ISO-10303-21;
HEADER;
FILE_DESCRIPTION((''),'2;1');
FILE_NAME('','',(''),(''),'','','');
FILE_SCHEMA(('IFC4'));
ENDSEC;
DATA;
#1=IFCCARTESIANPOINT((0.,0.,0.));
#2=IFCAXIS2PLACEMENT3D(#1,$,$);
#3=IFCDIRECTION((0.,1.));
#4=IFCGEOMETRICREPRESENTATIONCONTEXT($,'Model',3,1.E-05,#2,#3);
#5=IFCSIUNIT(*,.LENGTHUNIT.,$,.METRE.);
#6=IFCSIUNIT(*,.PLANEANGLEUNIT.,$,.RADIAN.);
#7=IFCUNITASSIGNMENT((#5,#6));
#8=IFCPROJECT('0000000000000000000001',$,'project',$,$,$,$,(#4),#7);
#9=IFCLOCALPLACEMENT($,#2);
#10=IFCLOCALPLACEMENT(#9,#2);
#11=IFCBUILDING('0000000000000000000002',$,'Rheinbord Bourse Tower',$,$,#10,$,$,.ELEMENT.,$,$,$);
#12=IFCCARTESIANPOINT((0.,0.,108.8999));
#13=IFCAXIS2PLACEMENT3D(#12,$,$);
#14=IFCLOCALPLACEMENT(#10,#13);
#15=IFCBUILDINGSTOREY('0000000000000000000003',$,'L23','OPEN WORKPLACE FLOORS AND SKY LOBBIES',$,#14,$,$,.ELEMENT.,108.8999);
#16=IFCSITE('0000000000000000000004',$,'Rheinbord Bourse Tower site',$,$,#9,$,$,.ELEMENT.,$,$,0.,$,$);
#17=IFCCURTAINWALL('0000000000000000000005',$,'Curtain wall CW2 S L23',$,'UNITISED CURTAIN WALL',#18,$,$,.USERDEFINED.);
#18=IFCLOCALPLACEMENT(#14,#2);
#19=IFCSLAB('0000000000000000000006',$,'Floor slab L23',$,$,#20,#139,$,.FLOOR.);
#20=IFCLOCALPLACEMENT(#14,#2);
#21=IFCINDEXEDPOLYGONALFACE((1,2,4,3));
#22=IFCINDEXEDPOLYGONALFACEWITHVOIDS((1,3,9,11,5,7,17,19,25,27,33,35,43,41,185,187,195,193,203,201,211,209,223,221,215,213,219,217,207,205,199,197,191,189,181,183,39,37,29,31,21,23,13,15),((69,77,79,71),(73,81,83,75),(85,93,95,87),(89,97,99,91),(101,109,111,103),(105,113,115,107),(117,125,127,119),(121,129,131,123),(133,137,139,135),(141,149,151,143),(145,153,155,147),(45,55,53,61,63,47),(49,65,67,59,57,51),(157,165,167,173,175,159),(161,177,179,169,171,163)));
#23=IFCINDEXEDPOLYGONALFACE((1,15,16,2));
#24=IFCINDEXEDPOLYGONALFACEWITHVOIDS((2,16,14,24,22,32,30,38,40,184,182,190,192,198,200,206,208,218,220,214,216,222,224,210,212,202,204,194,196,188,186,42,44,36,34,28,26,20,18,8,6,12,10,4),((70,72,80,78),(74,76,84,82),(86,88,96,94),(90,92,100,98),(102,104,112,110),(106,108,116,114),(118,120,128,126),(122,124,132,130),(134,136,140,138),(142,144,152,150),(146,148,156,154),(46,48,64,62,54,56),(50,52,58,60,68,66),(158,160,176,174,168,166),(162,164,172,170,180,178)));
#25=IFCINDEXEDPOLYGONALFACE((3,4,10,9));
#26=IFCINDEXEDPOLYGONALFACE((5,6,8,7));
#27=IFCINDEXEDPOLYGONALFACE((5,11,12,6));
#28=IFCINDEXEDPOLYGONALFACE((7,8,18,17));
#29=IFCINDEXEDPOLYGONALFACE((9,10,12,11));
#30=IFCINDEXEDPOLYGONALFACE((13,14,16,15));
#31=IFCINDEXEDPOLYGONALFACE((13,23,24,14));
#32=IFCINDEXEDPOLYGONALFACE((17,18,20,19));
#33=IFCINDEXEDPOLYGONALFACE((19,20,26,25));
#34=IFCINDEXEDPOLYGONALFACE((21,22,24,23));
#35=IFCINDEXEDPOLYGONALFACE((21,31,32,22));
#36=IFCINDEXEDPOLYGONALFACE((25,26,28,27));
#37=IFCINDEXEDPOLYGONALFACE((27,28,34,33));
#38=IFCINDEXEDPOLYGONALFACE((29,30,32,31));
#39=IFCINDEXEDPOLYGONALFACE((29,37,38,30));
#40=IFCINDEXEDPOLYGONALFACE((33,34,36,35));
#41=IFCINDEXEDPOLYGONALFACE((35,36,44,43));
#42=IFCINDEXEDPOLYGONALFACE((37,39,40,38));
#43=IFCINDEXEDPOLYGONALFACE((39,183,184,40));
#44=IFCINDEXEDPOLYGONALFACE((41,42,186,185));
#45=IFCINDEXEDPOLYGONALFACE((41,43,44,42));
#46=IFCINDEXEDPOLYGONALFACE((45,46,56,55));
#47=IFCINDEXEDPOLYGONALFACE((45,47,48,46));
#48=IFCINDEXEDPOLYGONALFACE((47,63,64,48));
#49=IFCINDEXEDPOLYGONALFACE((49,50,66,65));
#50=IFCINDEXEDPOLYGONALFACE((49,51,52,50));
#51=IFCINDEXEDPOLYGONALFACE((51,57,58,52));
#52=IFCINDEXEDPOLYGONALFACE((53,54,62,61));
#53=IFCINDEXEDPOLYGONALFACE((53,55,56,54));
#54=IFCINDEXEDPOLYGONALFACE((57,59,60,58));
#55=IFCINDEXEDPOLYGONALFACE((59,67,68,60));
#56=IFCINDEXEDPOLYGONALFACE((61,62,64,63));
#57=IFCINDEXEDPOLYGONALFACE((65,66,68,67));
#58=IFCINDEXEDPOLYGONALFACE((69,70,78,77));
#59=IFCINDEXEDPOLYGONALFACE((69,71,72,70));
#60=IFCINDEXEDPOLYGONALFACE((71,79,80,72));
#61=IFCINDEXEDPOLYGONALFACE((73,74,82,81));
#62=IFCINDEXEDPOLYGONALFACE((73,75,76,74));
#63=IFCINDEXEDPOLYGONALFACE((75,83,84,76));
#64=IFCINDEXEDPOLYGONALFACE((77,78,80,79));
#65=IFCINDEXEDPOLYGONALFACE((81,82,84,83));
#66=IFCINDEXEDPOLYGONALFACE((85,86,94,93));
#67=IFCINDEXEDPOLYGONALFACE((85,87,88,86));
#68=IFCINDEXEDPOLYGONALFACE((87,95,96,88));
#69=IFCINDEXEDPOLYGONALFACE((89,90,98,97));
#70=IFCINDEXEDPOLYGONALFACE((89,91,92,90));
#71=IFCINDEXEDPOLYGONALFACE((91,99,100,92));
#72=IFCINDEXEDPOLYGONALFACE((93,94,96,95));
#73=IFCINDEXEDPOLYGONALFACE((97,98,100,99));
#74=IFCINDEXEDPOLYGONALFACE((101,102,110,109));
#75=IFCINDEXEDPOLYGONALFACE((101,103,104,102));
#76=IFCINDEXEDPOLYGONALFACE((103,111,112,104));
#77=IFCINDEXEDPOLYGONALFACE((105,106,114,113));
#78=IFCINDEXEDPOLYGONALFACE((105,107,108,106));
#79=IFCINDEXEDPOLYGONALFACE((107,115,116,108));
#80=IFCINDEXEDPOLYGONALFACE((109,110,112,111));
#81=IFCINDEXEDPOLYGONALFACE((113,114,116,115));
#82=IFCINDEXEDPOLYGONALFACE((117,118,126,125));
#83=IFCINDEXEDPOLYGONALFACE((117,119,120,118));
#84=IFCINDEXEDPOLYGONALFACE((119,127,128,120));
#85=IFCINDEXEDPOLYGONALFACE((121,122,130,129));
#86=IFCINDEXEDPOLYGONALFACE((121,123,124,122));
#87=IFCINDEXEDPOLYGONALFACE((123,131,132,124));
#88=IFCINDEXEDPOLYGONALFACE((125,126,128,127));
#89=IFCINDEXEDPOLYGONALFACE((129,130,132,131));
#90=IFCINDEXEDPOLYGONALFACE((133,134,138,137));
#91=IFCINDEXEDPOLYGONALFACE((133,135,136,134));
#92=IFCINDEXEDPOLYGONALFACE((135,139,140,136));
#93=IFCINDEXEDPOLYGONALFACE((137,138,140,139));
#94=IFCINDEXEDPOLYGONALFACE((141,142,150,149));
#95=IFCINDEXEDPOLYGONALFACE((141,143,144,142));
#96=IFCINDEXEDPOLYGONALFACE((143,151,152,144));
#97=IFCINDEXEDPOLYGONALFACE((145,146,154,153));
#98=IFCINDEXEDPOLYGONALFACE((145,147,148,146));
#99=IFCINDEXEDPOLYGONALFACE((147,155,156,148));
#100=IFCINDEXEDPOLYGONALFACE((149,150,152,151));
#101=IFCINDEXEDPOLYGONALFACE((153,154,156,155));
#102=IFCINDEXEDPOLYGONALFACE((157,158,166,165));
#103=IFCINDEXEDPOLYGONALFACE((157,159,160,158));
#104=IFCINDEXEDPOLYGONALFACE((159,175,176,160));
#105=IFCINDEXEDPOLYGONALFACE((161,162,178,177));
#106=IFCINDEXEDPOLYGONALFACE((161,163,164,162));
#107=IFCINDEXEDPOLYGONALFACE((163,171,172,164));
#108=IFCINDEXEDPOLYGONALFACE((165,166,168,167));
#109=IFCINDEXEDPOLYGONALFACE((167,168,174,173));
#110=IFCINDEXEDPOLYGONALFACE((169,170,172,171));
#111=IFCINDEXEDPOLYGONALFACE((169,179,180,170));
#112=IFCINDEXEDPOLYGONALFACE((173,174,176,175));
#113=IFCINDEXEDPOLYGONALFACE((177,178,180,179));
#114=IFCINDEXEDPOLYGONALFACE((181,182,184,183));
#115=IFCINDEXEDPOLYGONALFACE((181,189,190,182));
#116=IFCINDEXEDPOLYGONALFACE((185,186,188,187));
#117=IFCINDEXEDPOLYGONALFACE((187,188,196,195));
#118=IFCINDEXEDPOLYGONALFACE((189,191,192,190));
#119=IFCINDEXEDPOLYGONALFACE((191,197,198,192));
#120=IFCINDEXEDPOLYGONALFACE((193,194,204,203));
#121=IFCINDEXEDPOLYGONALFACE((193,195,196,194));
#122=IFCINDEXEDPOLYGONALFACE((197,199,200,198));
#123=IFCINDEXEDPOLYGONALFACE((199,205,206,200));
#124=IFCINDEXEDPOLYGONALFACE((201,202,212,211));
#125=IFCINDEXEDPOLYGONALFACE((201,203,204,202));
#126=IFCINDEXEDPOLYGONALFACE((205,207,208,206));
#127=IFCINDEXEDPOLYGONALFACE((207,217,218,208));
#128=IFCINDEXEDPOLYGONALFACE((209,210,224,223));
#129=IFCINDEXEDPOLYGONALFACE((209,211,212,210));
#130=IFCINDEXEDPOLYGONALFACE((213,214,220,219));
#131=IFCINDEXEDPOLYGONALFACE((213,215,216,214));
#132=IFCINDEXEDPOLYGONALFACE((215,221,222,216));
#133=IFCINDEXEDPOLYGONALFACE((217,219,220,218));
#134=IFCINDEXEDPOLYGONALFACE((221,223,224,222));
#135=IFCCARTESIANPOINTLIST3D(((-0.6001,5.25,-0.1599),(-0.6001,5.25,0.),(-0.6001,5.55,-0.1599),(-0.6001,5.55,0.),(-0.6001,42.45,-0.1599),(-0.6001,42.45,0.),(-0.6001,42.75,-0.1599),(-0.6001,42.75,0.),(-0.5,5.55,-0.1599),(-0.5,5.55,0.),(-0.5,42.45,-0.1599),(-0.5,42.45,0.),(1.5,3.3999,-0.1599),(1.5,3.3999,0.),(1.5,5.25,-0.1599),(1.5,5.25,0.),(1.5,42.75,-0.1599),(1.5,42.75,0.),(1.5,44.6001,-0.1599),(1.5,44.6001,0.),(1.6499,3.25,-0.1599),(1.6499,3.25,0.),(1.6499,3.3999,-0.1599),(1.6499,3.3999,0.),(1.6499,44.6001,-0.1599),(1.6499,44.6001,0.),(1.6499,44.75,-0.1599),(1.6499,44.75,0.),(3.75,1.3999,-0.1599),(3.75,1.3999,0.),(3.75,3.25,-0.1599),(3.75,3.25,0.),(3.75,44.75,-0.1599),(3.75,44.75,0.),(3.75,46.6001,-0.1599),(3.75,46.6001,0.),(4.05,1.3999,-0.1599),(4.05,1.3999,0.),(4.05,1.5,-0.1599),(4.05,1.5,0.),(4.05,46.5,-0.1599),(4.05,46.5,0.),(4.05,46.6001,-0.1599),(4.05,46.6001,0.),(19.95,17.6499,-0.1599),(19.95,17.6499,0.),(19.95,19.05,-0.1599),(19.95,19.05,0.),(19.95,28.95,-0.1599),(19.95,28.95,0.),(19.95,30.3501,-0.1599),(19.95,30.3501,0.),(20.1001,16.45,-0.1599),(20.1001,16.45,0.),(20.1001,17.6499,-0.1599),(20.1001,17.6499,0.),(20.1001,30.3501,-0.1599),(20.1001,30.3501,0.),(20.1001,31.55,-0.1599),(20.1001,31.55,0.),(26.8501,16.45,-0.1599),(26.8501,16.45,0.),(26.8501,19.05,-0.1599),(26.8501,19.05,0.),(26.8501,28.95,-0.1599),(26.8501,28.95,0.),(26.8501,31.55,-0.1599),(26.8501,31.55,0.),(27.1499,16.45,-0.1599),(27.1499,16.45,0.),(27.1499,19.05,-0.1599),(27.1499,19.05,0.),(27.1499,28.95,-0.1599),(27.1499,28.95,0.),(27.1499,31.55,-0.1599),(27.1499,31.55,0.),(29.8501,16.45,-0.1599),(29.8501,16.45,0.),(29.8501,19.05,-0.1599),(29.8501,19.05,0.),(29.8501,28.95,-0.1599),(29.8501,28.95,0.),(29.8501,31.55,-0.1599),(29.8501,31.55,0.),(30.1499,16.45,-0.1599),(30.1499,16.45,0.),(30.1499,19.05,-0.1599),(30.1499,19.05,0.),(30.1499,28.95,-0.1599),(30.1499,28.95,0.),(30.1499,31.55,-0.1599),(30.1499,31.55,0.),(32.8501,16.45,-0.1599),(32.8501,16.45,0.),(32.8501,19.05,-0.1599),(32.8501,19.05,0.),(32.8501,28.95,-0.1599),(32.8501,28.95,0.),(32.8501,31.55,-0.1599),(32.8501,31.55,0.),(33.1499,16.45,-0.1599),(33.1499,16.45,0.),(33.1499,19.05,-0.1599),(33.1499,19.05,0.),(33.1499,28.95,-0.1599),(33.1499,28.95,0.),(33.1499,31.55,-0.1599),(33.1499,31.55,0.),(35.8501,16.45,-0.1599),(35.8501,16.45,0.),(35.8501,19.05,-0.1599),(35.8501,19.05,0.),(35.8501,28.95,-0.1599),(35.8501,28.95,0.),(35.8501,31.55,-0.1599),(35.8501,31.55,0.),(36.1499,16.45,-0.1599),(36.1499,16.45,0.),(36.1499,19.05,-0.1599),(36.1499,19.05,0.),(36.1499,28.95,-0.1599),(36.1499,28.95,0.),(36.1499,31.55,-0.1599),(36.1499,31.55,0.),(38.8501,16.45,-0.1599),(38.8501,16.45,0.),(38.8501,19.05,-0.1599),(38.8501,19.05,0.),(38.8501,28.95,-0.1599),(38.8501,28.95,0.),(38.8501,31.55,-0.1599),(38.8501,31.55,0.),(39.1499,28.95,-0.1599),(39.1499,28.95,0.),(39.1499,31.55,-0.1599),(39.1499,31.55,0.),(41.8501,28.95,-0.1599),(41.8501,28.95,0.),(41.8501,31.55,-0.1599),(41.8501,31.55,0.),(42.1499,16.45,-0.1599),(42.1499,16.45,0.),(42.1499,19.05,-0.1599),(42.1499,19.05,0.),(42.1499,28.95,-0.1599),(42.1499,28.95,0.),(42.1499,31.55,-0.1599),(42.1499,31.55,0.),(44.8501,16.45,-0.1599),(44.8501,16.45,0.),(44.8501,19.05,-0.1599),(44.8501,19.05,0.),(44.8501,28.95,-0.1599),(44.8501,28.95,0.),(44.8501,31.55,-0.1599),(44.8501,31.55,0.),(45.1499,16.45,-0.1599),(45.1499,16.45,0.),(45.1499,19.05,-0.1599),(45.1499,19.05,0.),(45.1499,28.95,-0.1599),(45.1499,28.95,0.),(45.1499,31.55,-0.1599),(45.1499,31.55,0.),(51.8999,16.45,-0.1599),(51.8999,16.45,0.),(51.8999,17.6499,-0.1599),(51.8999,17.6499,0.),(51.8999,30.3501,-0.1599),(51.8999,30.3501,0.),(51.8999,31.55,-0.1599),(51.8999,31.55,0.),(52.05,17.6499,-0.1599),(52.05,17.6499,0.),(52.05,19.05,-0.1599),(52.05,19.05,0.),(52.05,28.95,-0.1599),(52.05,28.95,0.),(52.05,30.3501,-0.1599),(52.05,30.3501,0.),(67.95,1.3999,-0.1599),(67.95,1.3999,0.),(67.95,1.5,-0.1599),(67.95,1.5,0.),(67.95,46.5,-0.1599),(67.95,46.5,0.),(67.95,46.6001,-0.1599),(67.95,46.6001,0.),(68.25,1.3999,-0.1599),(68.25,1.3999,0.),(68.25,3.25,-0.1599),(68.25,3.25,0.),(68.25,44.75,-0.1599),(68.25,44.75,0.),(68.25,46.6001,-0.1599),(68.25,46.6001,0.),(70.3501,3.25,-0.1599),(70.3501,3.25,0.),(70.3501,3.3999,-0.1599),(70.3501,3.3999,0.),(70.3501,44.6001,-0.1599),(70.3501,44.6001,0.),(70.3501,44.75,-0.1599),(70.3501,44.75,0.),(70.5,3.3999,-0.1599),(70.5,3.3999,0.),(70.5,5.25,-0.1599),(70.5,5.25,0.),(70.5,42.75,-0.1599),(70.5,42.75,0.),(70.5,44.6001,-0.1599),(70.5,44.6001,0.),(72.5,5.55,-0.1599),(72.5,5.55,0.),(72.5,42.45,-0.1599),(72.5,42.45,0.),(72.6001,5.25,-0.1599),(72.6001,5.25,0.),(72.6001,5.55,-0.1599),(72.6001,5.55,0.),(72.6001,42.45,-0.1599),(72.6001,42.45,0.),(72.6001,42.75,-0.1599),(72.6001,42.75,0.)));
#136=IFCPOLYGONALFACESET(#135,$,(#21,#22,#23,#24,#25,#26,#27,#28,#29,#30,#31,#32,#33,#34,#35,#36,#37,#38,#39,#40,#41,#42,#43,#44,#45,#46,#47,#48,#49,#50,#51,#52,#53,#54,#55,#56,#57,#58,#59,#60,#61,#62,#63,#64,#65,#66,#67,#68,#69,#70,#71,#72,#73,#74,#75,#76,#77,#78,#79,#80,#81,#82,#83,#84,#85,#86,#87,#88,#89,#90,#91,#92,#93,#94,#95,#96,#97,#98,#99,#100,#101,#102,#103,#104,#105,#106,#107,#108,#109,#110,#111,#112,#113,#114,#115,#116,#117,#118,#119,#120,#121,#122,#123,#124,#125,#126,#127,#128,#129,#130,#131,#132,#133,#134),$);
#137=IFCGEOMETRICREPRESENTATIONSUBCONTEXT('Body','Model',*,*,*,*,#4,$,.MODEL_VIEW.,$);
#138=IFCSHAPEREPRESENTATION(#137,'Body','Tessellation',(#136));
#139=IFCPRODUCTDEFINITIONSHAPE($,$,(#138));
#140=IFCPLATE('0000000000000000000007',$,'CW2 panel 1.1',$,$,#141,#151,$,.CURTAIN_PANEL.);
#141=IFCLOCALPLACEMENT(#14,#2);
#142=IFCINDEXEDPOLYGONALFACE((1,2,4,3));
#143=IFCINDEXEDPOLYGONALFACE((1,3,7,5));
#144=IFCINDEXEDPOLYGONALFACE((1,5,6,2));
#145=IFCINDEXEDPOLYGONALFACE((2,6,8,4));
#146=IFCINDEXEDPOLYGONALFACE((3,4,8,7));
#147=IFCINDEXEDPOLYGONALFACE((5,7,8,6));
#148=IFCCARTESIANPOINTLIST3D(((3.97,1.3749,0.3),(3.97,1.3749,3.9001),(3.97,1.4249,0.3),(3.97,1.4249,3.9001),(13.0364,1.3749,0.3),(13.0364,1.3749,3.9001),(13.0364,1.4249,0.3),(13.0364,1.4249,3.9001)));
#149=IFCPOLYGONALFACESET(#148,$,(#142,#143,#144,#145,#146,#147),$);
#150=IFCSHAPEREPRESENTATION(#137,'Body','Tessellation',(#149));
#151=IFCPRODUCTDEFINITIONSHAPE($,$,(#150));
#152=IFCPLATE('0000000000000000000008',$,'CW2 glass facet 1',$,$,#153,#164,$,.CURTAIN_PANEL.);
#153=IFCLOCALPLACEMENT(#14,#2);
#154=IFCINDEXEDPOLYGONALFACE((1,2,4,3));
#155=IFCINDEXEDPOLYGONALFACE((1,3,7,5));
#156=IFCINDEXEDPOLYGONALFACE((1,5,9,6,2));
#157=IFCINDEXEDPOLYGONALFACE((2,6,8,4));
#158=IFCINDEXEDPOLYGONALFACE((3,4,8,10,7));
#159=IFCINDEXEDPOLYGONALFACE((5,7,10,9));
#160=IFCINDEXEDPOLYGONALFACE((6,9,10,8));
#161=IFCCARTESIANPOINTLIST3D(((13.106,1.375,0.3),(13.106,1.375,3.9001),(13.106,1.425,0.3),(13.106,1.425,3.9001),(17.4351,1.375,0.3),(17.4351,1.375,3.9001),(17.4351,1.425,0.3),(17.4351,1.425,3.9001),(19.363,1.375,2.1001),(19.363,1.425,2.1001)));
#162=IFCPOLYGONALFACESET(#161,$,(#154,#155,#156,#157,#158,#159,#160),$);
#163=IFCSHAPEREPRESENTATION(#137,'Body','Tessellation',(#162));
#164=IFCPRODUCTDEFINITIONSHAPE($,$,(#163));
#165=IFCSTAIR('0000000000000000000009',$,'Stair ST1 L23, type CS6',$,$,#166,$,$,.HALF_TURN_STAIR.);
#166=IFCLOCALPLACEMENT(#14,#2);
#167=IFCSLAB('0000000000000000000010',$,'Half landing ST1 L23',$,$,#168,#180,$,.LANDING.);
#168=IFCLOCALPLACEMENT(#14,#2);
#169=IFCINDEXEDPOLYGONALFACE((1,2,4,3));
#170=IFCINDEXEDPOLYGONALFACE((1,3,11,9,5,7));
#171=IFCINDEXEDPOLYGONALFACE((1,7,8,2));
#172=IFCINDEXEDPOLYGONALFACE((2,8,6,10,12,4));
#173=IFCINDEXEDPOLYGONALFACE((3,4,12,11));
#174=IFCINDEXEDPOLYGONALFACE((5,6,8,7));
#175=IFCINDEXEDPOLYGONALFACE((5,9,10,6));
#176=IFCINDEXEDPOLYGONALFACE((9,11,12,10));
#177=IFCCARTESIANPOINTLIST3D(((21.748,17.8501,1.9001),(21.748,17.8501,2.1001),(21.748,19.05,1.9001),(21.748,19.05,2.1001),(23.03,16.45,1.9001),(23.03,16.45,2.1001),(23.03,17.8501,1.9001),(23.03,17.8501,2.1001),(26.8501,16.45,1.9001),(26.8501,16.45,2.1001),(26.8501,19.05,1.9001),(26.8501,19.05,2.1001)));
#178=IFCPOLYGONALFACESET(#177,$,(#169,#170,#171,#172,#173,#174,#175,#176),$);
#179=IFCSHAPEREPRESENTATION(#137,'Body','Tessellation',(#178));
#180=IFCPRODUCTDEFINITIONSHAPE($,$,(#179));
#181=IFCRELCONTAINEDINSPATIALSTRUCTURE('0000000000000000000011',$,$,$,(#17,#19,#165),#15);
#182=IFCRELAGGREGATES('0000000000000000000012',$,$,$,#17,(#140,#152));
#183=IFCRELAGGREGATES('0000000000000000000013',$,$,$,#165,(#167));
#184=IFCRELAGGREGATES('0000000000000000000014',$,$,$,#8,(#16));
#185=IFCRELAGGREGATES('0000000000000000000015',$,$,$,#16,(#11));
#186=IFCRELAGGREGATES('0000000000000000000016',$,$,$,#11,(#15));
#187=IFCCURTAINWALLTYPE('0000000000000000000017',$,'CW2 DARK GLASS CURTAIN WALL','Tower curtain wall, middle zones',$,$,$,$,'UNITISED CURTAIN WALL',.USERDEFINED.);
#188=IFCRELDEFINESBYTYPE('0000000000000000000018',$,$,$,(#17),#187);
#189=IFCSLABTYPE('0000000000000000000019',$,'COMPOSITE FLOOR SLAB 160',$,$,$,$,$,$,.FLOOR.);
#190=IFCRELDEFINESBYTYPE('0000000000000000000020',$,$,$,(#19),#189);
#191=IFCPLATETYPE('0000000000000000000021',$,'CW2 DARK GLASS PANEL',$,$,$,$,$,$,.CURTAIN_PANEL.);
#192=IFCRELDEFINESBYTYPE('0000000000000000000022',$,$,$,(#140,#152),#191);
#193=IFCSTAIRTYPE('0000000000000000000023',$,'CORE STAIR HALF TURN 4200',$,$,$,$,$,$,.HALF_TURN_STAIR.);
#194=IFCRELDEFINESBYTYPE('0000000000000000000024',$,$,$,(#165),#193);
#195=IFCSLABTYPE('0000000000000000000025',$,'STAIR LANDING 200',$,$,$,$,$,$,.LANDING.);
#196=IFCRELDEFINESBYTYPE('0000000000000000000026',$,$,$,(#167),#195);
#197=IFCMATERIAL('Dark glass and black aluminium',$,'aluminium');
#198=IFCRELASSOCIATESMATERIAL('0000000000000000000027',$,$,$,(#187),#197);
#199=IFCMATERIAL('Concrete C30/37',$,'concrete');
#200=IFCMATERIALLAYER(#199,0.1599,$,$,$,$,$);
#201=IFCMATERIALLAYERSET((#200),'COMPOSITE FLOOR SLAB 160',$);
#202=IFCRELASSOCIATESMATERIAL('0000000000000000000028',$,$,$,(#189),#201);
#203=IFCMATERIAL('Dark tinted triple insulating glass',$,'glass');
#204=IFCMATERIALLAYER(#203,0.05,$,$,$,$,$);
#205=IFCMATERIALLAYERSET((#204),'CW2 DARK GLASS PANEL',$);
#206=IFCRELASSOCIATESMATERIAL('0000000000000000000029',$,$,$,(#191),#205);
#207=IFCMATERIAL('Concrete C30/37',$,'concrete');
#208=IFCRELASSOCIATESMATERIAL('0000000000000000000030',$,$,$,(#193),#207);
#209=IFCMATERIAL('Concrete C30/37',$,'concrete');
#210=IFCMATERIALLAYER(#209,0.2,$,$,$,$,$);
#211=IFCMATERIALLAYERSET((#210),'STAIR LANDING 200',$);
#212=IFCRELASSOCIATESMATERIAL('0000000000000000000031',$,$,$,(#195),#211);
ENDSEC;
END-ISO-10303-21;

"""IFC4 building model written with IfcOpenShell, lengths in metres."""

from ifc_helpers import new_model, si_unit, direction, frame, origin, origin_2d, place, context, subcontext, project, spatial, polyline, rectangle, outline, extrude, material, layer, layer_set, type_object, element, aggregate, save


model = new_model("IFC4")

# Units and contexts
model_context = context("Model", 3, precision=1e-05, world=origin(), true_north=direction((0.0, 1.0)))
body_context = subcontext(model_context, "Body", "Model", "MODEL_VIEW")
ifc_project = project(units=[si_unit("LENGTHUNIT", "METRE"), si_unit("PLANEANGLEUNIT", "RADIAN")], contexts=[model_context])

# Site, building, storey
site_placement = place(None, origin())
site = spatial("IfcSite", under=ifc_project, at=site_placement, Name="Rheinbord Bourse Tower site", CompositionType="ELEMENT", RefElevation=0.0)
building_placement = place(site_placement, origin())
building = spatial("IfcBuilding", under=site, at=building_placement, Name="Rheinbord Bourse Tower", CompositionType="ELEMENT")
storey_placement = place(building_placement, frame((0.0, 0.0, 108.8999)))
storey = spatial("IfcBuildingStorey", under=building, at=storey_placement, Name="L23", Description="OPEN WORKPLACE FLOORS AND SKY LOBBIES", CompositionType="ELEMENT", Elevation=108.8999)

# Curtain wall
ifc_material_1 = material(Name="Dark glass and black aluminium", Category="aluminium")
curtain_wall_type = type_object("IfcCurtainWallType", Name="CW2 DARK GLASS CURTAIN WALL", Description="Tower curtain wall, middle zones", ElementType="UNITISED CURTAIN WALL", PredefinedType="USERDEFINED", material=ifc_material_1)
curtain_wall_1_placement = place(storey_placement, origin())
curtain_wall_1 = element("IfcCurtainWall", 1, at=curtain_wall_1_placement, inside=storey, type_object=curtain_wall_type, Name="Curtain wall CW2 S L23", ObjectType="UNITISED CURTAIN WALL", PredefinedType="USERDEFINED")

# Slab
ifc_material_2 = material(Name="Concrete C30/37", Category="concrete")
ifc_layer_1 = layer(ifc_material_2, 0.1599)
ifc_layer_set_1 = layer_set([ifc_layer_1], Name="COMPOSITE FLOOR SLAB 160")
slab_type_1 = type_object("IfcSlabType", Name="COMPOSITE FLOOR SLAB 160", PredefinedType="FLOOR", material=ifc_layer_set_1)
slab_1_placement = place(storey_placement, frame((0.0, 0.0, -0.1599)))
element("IfcSlab", 2, at=slab_1_placement, inside=storey, type_object=slab_type_1, Name="Floor slab L23", PredefinedType="FLOOR", context=body_context, shape_type="SweptSolid", body=[
    extrude(outline(polyline([(1.6499, 3.3999), (1.5, 3.3999), (1.5, 5.25), (-0.6001, 5.25), (-0.6001, 5.55), (-0.5, 5.55), (-0.5, 42.45), (-0.6001, 42.45), (-0.6001, 42.75), (1.5, 42.75), (1.5, 44.6001), (1.6499, 44.6001), (1.6499, 44.75), (3.75, 44.75), (3.75, 46.6001), (4.05, 46.6001), (4.05, 46.5), (67.95, 46.5), (67.95, 46.6001), (68.25, 46.6001), (68.25, 44.75), (70.3501, 44.75), (70.3501, 44.6001), (70.5, 44.6001), (70.5, 42.75), (72.6001, 42.75), (72.6001, 42.45), (72.5, 42.45), (72.5, 5.55), (72.6001, 5.55), (72.6001, 5.25), (70.5, 5.25), (70.5, 3.3999), (70.3501, 3.3999), (70.3501, 3.25), (68.25, 3.25), (68.25, 1.3999), (67.95, 1.3999), (67.95, 1.5), (4.05, 1.5), (4.05, 1.3999), (3.75, 1.3999), (3.75, 3.25), (1.6499, 3.25), (1.6499, 3.3999)]), holes=[polyline([(19.95, 19.05), (26.8501, 19.05), (26.8501, 16.45), (20.1001, 16.45), (20.1001, 17.6499), (19.95, 17.6499), (19.95, 19.05)]), polyline([(26.8501, 31.55), (26.8501, 28.95), (19.95, 28.95), (19.95, 30.3501), (20.1001, 30.3501), (20.1001, 31.55), (26.8501, 31.55)]), polyline([(45.1499, 16.45), (45.1499, 19.05), (52.05, 19.05), (52.05, 17.6499), (51.8999, 17.6499), (51.8999, 16.45), (45.1499, 16.45)]), polyline([(52.05, 28.95), (45.1499, 28.95), (45.1499, 31.55), (51.8999, 31.55), (51.8999, 30.3501), (52.05, 30.3501), (52.05, 28.95)]), polyline([(27.1499, 16.45), (27.1499, 19.05), (29.8501, 19.05), (29.8501, 16.45), (27.1499, 16.45)]), polyline([(27.1499, 28.95), (27.1499, 31.55), (29.8501, 31.55), (29.8501, 28.95), (27.1499, 28.95)]), polyline([(30.1499, 16.45), (30.1499, 19.05), (32.8501, 19.05), (32.8501, 16.45), (30.1499, 16.45)]), polyline([(30.1499, 28.95), (30.1499, 31.55), (32.8501, 31.55), (32.8501, 28.95), (30.1499, 28.95)]), polyline([(33.1499, 16.45), (33.1499, 19.05), (35.8501, 19.05), (35.8501, 16.45), (33.1499, 16.45)]), polyline([(33.1499, 28.95), (33.1499, 31.55), (35.8501, 31.55), (35.8501, 28.95), (33.1499, 28.95)]), polyline([(36.1499, 16.45), (36.1499, 19.05), (38.8501, 19.05), (38.8501, 16.45), (36.1499, 16.45)]), polyline([(36.1499, 28.95), (36.1499, 31.55), (38.8501, 31.55), (38.8501, 28.95), (36.1499, 28.95)]), polyline([(39.1499, 28.95), (39.1499, 31.55), (41.8501, 31.55), (41.8501, 28.95), (39.1499, 28.95)]), polyline([(42.1499, 16.45), (42.1499, 19.05), (44.8501, 19.05), (44.8501, 16.45), (42.1499, 16.45)]), polyline([(42.1499, 28.95), (42.1499, 31.55), (44.8501, 31.55), (44.8501, 28.95), (42.1499, 28.95)])]), origin(), (0.0, 0.0, 1.0), 0.1599),
])

# Plates
ifc_material_3 = material(Name="Dark tinted triple insulating glass", Category="glass")
ifc_layer_2 = layer(ifc_material_3, 0.05)
ifc_layer_set_2 = layer_set([ifc_layer_2], Name="CW2 DARK GLASS PANEL")
plate_type = type_object("IfcPlateType", Name="CW2 DARK GLASS PANEL", PredefinedType="CURTAIN_PANEL", material=ifc_layer_set_2)
plate_1_placement = place(storey_placement, frame((8.5032, 1.3999, 0.3), z_axis=(0.0, 0.0, 1.0), x_axis=(1.0, 0.0, 0.0)))
plate_1 = element("IfcPlate", 3, at=plate_1_placement, type_object=plate_type, Name="CW2 panel 1.1", PredefinedType="CURTAIN_PANEL", context=body_context, shape_type="SweptSolid", body=[
    extrude(rectangle(XDim=9.0664, YDim=0.05, at=origin_2d()), origin(), (0.0, 0.0, 1.0), 3.6001),
])
plate_2_placement = place(storey_placement, frame((13.106, 1.375, 0.3), z_axis=(0.0, 1.0, 0.0), x_axis=(0.0, 0.0, 1.0)))
plate_2 = element("IfcPlate", 4, at=plate_2_placement, type_object=plate_type, Name="CW2 glass facet 1", PredefinedType="CURTAIN_PANEL", context=body_context, shape_type="SweptSolid", body=[
    extrude(outline(polyline([(0.0, 0.0), (3.6001, 0.0), (3.6001, 4.3291), (1.8, 6.2571), (0.0, 4.3291), (0.0, 0.0)])), origin(), (0.0, 0.0, 1.0), 0.05),
])
aggregate(curtain_wall_1, [plate_1, plate_2])

# Stair, slab
ifc_material_4 = material(Name="Concrete C30/37", Category="concrete")
stair_type = type_object("IfcStairType", Name="CORE STAIR HALF TURN 4200", PredefinedType="HALF_TURN_STAIR", material=ifc_material_4)
stair_1_placement = place(storey_placement, origin())
stair_1 = element("IfcStair", 5, at=stair_1_placement, inside=storey, type_object=stair_type, Name="Stair ST1 L23, type CS6", PredefinedType="HALF_TURN_STAIR")
ifc_material_5 = material(Name="Concrete C30/37", Category="concrete")
ifc_layer_3 = layer(ifc_material_5, 0.2)
ifc_layer_set_3 = layer_set([ifc_layer_3], Name="STAIR LANDING 200")
slab_type_2 = type_object("IfcSlabType", Name="STAIR LANDING 200", PredefinedType="LANDING", material=ifc_layer_set_3)
slab_2_placement = place(storey_placement, frame((0.0, 0.0, 1.9001)))
slab_2 = element("IfcSlab", 6, at=slab_2_placement, type_object=slab_type_2, Name="Half landing ST1 L23", PredefinedType="LANDING", context=body_context, shape_type="SweptSolid", body=[
    extrude(outline(polyline([(23.03, 16.45), (26.8501, 16.45), (26.8501, 19.05), (21.748, 19.05), (21.748, 17.8501), (23.03, 17.8501), (23.03, 16.45)])), origin(), (0.0, 0.0, 1.0), 0.2),
])
aggregate(stair_1, [slab_2])

save(model, "model.ifc")
